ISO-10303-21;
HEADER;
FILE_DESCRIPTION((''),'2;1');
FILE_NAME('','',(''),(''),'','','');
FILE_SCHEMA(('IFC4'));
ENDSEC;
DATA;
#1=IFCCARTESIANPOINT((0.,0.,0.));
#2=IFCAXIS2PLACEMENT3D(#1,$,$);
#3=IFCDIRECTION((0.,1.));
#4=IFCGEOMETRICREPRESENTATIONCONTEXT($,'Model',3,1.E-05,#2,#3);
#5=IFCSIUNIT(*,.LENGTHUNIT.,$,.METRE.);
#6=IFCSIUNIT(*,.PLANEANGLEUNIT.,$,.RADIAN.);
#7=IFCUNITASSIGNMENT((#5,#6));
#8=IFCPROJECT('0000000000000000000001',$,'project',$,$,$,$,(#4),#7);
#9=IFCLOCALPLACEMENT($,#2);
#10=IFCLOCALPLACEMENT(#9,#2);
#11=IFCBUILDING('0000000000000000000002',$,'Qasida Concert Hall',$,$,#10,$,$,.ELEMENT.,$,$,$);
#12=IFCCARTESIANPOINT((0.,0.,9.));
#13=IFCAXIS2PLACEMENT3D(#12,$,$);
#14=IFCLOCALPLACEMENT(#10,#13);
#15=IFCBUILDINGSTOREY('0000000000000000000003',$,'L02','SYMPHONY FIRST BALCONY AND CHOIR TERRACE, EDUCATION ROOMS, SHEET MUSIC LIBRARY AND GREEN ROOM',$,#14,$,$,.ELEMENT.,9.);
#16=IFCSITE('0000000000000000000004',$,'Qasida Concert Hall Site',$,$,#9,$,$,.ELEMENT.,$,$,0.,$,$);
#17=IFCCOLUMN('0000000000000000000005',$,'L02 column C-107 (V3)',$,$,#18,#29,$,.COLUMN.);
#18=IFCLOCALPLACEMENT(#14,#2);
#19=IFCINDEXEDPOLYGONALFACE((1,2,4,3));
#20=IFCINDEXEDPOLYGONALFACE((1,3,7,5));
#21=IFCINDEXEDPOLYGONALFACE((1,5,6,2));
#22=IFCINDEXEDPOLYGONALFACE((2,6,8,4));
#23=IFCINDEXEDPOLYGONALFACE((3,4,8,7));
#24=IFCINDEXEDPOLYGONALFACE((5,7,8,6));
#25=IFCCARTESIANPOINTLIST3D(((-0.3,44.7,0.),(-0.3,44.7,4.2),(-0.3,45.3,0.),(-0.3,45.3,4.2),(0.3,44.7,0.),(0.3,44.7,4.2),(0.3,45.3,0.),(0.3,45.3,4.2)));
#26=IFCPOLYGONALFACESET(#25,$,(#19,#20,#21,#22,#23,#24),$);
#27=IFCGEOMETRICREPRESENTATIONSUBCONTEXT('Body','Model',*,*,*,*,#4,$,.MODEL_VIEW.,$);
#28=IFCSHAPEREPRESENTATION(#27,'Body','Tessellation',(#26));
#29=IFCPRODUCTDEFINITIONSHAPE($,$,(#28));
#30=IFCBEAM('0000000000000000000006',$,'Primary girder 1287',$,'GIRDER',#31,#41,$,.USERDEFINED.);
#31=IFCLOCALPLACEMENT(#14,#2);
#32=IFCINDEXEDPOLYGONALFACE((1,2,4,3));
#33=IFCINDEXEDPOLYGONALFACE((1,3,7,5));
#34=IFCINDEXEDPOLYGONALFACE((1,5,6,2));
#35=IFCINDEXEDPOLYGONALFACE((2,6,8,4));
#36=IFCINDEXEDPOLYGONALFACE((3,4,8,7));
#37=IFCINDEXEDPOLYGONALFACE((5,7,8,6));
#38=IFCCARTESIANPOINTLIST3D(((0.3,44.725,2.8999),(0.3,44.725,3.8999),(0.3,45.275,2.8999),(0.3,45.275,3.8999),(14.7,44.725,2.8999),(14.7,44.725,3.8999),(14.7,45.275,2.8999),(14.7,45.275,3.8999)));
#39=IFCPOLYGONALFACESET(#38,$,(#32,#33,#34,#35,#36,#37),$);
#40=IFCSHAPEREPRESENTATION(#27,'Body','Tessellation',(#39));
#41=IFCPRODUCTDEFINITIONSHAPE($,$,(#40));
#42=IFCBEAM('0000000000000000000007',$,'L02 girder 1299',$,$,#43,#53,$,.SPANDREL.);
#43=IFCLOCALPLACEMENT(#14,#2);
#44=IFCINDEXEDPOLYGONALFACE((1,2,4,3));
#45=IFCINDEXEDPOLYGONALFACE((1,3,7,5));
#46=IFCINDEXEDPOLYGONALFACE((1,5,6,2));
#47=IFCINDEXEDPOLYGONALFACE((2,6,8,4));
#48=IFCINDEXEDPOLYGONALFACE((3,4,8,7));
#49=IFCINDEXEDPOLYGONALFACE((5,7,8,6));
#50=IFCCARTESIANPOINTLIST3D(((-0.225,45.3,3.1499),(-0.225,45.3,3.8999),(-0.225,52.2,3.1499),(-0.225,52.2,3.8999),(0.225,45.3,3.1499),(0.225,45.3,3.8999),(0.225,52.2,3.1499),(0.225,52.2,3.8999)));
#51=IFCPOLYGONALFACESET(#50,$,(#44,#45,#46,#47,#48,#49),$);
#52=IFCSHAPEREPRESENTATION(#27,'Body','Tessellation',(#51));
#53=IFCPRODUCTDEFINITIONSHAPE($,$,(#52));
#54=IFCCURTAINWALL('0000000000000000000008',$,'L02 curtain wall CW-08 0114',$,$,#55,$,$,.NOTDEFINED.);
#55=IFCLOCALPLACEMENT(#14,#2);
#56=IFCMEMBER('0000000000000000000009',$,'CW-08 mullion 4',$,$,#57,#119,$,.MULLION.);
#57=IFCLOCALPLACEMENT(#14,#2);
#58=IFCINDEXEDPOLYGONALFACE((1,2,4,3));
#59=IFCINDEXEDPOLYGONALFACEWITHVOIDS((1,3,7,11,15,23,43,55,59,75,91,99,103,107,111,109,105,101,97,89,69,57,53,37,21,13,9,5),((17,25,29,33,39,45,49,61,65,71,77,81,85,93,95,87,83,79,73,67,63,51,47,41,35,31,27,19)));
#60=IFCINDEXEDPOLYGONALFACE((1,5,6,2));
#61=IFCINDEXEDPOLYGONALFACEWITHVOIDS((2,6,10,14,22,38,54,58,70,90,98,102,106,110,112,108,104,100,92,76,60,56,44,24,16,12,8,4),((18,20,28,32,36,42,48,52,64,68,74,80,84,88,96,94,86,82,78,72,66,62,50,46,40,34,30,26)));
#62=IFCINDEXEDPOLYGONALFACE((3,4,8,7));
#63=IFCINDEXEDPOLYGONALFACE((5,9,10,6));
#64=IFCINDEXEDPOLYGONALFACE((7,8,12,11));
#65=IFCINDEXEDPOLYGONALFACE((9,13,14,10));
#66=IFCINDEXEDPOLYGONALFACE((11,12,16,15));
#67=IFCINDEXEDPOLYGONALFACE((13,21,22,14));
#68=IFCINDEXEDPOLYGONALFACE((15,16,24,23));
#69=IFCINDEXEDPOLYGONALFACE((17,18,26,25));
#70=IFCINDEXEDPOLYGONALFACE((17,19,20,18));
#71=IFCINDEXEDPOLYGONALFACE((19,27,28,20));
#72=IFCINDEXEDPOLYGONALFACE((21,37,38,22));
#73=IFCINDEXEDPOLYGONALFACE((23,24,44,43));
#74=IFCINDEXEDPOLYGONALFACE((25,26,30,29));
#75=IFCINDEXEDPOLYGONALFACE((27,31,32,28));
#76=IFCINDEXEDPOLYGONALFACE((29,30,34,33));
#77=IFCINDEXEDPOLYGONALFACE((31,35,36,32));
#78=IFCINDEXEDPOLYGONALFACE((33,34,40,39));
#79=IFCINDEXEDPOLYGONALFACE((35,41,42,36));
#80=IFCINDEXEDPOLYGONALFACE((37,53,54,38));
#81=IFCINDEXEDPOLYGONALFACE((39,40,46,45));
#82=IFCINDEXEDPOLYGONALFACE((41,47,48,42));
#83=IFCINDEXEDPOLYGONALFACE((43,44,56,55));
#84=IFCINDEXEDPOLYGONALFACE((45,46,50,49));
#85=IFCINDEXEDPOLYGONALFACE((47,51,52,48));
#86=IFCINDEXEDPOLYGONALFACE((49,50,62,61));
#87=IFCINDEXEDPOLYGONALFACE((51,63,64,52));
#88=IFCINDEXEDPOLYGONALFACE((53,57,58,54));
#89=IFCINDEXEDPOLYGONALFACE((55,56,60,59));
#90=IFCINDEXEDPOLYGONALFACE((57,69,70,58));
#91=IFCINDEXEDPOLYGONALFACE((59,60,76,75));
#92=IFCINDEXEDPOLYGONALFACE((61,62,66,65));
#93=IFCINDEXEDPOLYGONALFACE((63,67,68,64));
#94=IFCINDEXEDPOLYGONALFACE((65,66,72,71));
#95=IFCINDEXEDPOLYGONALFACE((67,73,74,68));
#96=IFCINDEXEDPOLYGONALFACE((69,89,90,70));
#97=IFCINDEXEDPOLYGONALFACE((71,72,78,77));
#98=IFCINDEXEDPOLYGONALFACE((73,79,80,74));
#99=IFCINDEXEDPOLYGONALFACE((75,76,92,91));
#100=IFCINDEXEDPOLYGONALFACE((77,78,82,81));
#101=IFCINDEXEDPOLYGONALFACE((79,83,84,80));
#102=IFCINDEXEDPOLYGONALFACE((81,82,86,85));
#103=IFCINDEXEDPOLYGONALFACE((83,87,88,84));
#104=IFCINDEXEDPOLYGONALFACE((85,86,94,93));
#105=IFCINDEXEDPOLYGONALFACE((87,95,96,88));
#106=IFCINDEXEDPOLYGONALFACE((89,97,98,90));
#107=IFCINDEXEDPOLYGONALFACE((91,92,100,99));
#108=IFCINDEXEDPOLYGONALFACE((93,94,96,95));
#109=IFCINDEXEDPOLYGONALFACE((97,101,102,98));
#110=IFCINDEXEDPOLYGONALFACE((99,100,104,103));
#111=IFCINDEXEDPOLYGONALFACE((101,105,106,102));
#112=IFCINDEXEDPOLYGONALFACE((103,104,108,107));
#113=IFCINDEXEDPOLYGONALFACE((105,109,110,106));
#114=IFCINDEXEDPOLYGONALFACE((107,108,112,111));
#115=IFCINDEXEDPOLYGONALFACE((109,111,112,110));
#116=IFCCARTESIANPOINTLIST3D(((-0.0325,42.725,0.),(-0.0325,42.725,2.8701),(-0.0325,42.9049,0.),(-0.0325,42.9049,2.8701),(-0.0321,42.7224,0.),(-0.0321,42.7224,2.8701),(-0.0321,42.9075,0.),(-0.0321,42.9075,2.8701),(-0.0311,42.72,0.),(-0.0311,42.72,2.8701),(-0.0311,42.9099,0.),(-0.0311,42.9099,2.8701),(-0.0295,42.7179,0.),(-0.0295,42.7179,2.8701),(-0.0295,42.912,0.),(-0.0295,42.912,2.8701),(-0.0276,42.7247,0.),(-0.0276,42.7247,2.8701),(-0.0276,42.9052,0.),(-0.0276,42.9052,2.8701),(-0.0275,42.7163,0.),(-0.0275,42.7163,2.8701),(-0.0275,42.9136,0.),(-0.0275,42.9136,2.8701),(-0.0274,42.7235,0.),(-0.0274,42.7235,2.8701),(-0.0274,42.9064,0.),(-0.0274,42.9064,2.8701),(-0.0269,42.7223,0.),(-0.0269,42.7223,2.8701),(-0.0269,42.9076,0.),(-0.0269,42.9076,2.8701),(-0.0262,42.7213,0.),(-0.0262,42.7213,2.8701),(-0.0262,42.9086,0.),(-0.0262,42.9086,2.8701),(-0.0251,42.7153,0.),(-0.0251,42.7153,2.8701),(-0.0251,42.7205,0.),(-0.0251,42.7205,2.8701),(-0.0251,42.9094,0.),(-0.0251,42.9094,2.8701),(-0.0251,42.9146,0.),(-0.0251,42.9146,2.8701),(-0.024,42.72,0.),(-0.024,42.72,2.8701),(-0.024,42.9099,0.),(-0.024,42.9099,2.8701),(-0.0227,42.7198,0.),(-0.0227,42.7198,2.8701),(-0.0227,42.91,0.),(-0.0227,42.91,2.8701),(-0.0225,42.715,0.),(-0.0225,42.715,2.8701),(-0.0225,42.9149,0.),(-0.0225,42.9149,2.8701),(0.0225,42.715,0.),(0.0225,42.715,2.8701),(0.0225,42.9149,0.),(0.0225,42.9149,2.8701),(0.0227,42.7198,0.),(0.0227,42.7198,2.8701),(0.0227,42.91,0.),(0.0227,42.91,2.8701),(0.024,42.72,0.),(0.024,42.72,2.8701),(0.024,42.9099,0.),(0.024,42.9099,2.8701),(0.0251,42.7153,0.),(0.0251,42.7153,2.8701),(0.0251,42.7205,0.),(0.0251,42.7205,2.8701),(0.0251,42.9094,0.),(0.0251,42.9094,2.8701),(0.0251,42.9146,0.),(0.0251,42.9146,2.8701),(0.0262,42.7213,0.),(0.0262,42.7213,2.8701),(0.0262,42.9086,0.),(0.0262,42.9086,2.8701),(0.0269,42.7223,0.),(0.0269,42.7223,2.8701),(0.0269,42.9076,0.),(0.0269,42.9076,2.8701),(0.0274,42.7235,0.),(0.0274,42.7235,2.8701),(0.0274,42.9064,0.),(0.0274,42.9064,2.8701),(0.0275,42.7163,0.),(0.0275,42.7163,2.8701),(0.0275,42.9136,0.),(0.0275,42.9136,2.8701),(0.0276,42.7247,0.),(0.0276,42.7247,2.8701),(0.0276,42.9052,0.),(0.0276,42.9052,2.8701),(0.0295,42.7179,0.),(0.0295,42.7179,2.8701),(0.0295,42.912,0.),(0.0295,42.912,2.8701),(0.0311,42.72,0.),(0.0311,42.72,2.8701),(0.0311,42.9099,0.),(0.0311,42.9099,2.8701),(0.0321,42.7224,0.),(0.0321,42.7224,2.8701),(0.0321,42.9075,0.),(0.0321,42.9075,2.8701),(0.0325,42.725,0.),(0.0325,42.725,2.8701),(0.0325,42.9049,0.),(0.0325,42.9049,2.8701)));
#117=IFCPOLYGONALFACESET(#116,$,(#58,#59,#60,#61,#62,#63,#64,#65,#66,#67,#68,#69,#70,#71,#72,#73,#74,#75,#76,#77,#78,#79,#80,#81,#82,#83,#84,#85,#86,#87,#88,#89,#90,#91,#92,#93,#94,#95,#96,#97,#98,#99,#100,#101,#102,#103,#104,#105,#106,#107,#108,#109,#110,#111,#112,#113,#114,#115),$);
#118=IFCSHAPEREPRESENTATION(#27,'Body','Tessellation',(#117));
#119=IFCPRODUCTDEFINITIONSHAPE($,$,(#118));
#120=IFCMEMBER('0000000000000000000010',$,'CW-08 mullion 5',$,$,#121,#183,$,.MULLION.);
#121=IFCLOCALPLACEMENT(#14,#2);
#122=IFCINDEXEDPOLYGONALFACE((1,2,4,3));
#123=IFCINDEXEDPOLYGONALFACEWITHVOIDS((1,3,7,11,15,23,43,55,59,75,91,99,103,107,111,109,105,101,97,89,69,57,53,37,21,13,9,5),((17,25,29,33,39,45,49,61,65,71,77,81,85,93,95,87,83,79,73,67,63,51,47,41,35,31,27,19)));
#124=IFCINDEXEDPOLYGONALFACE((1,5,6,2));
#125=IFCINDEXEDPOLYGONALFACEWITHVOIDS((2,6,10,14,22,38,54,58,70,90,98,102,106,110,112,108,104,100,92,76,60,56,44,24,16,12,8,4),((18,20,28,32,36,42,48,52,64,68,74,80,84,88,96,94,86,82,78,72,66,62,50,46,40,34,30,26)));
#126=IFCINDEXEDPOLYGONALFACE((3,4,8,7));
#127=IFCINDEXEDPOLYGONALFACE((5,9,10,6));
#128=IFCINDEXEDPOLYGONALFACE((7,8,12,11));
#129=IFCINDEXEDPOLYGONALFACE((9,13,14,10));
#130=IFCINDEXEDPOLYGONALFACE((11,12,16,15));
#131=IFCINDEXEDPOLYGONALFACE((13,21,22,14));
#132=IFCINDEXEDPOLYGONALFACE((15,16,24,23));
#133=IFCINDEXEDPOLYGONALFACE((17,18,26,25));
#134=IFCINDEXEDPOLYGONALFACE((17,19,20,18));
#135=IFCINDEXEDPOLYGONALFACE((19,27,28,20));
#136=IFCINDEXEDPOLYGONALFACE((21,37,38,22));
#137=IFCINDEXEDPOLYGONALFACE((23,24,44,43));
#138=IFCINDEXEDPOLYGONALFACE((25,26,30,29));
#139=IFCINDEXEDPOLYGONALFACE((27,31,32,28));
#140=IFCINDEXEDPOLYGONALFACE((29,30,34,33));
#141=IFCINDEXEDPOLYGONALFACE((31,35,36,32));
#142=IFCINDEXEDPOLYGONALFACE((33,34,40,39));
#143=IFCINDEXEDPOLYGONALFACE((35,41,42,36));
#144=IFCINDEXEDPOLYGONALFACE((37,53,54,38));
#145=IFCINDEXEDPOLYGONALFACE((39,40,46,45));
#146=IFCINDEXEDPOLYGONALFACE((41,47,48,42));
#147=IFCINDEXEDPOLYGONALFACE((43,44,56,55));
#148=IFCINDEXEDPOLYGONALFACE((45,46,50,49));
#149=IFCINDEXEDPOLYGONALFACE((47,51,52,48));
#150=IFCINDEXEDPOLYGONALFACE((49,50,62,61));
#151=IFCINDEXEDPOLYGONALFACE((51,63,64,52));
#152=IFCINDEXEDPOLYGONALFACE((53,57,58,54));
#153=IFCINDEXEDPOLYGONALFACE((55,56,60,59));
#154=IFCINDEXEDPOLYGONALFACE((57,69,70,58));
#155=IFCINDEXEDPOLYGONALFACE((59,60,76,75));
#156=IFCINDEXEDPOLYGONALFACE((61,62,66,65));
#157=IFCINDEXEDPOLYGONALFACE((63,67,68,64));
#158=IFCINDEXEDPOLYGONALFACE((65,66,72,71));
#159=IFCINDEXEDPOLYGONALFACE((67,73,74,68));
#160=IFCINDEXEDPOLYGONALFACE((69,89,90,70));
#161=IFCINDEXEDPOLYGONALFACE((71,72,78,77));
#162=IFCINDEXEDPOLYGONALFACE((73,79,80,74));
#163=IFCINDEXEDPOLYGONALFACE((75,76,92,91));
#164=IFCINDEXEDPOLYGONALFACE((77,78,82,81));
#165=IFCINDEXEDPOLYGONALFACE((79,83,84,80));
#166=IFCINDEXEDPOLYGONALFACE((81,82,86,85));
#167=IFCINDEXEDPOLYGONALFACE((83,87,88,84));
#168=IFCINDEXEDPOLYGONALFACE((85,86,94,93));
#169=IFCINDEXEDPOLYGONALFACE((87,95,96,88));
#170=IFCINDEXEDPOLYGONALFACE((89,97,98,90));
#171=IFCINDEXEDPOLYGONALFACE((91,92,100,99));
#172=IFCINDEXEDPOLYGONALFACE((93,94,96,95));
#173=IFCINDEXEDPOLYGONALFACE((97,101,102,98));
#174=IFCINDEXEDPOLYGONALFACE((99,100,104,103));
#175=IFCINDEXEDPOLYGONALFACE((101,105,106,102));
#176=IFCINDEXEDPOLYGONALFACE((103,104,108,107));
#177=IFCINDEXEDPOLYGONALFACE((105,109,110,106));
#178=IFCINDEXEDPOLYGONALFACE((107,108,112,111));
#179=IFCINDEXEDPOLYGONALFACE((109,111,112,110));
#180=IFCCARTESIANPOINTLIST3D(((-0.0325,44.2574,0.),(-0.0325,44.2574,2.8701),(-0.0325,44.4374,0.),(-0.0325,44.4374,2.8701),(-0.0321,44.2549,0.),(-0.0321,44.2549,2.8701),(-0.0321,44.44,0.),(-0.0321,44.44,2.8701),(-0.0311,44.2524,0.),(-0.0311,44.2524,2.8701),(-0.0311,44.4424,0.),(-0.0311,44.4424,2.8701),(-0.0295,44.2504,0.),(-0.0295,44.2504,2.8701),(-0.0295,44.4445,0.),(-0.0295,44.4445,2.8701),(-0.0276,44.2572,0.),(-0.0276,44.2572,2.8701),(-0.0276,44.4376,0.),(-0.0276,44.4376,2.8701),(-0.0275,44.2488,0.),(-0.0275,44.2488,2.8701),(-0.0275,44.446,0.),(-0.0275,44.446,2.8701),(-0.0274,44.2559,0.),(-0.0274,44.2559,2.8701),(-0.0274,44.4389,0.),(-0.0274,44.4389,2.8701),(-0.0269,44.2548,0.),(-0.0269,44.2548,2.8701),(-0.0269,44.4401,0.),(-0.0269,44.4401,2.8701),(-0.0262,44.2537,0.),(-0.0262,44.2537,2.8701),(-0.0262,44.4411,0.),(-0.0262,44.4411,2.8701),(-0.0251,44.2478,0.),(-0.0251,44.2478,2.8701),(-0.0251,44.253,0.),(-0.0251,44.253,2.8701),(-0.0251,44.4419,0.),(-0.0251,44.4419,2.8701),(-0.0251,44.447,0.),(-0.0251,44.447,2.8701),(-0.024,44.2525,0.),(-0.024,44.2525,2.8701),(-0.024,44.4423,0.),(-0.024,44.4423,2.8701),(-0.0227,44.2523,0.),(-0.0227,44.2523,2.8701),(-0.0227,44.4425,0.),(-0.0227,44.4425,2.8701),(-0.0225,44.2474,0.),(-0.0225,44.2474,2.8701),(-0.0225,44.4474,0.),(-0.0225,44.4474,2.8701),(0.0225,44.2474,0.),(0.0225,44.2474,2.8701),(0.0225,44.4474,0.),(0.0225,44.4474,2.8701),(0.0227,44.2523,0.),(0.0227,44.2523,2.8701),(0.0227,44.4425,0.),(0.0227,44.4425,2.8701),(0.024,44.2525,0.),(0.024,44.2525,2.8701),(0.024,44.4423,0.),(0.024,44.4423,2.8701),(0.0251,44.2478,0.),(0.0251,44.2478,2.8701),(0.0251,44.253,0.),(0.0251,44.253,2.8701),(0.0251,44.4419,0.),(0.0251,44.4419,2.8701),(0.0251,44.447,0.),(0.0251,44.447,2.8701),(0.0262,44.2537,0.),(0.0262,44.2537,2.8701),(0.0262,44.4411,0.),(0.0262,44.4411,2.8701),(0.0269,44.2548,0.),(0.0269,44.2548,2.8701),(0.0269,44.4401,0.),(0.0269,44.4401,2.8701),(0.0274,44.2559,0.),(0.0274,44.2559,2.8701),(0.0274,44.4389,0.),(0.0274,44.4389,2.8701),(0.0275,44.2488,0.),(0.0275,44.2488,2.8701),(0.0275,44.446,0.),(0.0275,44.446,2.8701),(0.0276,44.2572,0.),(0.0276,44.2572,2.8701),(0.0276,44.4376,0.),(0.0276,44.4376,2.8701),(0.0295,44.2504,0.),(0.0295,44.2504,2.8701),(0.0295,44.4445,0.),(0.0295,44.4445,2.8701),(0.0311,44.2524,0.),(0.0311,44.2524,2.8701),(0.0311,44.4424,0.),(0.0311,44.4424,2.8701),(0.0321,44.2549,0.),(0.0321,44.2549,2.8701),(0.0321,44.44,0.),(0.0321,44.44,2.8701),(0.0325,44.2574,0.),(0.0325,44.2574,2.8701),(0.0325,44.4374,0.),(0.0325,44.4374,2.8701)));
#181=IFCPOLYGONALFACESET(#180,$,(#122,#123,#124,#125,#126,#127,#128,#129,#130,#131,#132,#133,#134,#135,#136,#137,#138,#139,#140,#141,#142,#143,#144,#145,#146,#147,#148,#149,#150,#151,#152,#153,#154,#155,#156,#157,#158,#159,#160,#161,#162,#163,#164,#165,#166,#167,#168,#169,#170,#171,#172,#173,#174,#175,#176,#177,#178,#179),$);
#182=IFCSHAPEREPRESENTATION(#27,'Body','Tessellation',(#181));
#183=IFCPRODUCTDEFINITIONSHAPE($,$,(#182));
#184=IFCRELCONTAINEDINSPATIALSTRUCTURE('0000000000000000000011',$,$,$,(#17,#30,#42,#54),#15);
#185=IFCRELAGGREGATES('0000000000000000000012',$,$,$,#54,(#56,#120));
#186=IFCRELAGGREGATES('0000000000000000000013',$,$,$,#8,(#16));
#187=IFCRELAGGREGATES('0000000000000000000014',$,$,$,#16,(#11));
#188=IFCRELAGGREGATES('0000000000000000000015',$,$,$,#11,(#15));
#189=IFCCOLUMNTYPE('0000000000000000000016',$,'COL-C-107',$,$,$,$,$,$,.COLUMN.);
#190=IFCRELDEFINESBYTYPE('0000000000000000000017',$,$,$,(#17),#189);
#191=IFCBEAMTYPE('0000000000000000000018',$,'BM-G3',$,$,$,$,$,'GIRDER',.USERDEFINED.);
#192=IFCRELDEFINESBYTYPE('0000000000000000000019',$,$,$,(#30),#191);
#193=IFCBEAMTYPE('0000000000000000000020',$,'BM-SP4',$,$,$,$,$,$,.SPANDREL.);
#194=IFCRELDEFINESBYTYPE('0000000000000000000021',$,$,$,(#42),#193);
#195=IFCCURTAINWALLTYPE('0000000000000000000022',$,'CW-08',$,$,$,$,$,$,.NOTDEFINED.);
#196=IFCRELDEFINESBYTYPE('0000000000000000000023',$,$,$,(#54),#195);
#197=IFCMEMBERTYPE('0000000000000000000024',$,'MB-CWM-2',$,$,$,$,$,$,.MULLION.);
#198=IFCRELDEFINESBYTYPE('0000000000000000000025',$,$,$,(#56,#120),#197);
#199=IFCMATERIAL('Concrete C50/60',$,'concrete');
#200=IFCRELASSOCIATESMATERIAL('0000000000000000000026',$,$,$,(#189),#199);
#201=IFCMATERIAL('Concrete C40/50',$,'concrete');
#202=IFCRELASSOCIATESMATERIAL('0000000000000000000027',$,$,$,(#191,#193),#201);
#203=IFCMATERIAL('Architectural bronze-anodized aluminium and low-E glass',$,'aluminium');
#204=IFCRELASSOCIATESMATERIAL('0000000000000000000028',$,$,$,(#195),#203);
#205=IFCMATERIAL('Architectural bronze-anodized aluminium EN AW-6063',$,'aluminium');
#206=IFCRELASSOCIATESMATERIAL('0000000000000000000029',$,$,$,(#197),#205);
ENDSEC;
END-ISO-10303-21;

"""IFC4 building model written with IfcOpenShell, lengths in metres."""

from ifc_helpers import new_model, si_unit, direction, frame, origin, origin_2d, place, context, subcontext, project, spatial, rectangle, hollow_rectangle, extrude, material, material_profile, profile_set, type_object, element, aggregate, save


model = new_model("IFC4")

# Units and contexts
model_context = context("Model", 3, precision=1e-05, world=origin(), true_north=direction((0.0, 1.0)))
body_context = subcontext(model_context, "Body", "Model", "MODEL_VIEW")
ifc_project = project(units=[si_unit("LENGTHUNIT", "METRE"), si_unit("PLANEANGLEUNIT", "RADIAN")], contexts=[model_context])

# Site, building, storey
site_placement = place(None, origin())
site = spatial("IfcSite", under=ifc_project, at=site_placement, Name="Qasida Concert Hall Site", CompositionType="ELEMENT", RefElevation=0.0)
building_placement = place(site_placement, origin())
building = spatial("IfcBuilding", under=site, at=building_placement, Name="Qasida Concert Hall", CompositionType="ELEMENT")
storey_placement = place(building_placement, frame((0.0, 0.0, 9.0)))
storey = spatial("IfcBuildingStorey", under=building, at=storey_placement, Name="L02", Description="SYMPHONY FIRST BALCONY AND CHOIR TERRACE, EDUCATION ROOMS, SHEET MUSIC LIBRARY AND GREEN ROOM", CompositionType="ELEMENT", Elevation=9.0)

# Column
ifc_material_1 = material(Name="Concrete C50/60", Category="concrete")
ifc_material_profile_1 = material_profile(ifc_material_1, rectangle(XDim=0.6001, YDim=0.6001, at=origin_2d()), Name="RC 600x600")
ifc_profile_set_1 = profile_set([ifc_material_profile_1], Name="Concrete C50/60")
column_type = type_object("IfcColumnType", Name="COL-C-107", PredefinedType="COLUMN", material=ifc_profile_set_1)
column_placement = place(storey_placement, frame((0.0, 45.0, 0.0), z_axis=(0.0, 0.0, 1.0), x_axis=(1.0, 0.0, 0.0)))
element("IfcColumn", 1, at=column_placement, inside=storey, type_object=column_type, Name="L02 column C-107 (V3)", PredefinedType="COLUMN", context=body_context, shape_type="SweptSolid", body=[
    extrude(rectangle(XDim=0.6001, YDim=0.6001, at=origin_2d()), origin(), (0.0, 0.0, 1.0), 4.2),
])

# Beams
ifc_material_2 = material(Name="Concrete C40/50", Category="concrete")
ifc_material_profile_2 = material_profile(ifc_material_2, rectangle(XDim=0.55, YDim=1.0, at=origin_2d()), Name="RC 550x1000")
ifc_profile_set_2 = profile_set([ifc_material_profile_2], Name="Concrete C40/50")
beam_type_1 = type_object("IfcBeamType", Name="BM-G3", ElementType="GIRDER", PredefinedType="USERDEFINED", material=ifc_profile_set_2)
beam_1_placement = place(storey_placement, frame((0.3, 45.0, 3.3999), z_axis=(1.0, 0.0, 0.0), x_axis=(0.0, 1.0, 0.0)))
element("IfcBeam", 2, at=beam_1_placement, inside=storey, type_object=beam_type_1, Name="Primary girder 1287", ObjectType="GIRDER", PredefinedType="USERDEFINED", context=body_context, shape_type="SweptSolid", body=[
    extrude(rectangle(XDim=0.55, YDim=1.0, at=origin_2d()), origin(), (0.0, 0.0, 1.0), 14.3999),
])
ifc_material_profile_3 = material_profile(ifc_material_2, rectangle(XDim=0.45, YDim=0.75, at=origin_2d()), Name="RC 450x750")
ifc_profile_set_3 = profile_set([ifc_material_profile_3], Name="Concrete C40/50")
beam_type_2 = type_object("IfcBeamType", Name="BM-SP4", PredefinedType="SPANDREL", material=ifc_profile_set_3)
beam_2_placement = place(storey_placement, frame((0.0, 45.3, 3.5249), z_axis=(0.0, 1.0, 0.0), x_axis=(-1.0, 0.0, 0.0)))
element("IfcBeam", 3, at=beam_2_placement, inside=storey, type_object=beam_type_2, Name="L02 girder 1299", PredefinedType="SPANDREL", context=body_context, shape_type="SweptSolid", body=[
    extrude(rectangle(XDim=0.45, YDim=0.75, at=origin_2d()), origin(), (0.0, 0.0, 1.0), 6.8999),
])

# Curtain wall, members
ifc_material_3 = material(Name="Architectural bronze-anodized aluminium and low-E glass", Category="aluminium")
curtain_wall_type = type_object("IfcCurtainWallType", Name="CW-08", PredefinedType="NOTDEFINED", material=ifc_material_3)
curtain_wall_placement = place(storey_placement, origin())
curtain_wall = element("IfcCurtainWall", 4, at=curtain_wall_placement, inside=storey, type_object=curtain_wall_type, Name="L02 curtain wall CW-08 0114", PredefinedType="NOTDEFINED")
ifc_material_4 = material(Name="Architectural bronze-anodized aluminium EN AW-6063", Category="aluminium")
ifc_material_profile_4 = material_profile(ifc_material_4, hollow_rectangle(XDim=0.0649, YDim=0.2, WallThickness=0.0049, InnerFilletRadius=0.0049, OuterFilletRadius=0.01, at=origin_2d()), Name="CWM 200x65x5")
ifc_profile_set_4 = profile_set([ifc_material_profile_4], Name="Architectural bronze-anodized aluminium EN AW-6063")
member_type_1 = type_object("IfcMemberType", Name="MB-CWM-2", PredefinedType="MULLION", material=ifc_profile_set_4)
member_1_placement = place(storey_placement, frame((0.0, 42.8149, 0.0), z_axis=(0.0, 0.0, 1.0), x_axis=(-1.0, 0.0, 0.0)))
member_1 = element("IfcMember", 5, at=member_1_placement, type_object=member_type_1, Name="CW-08 mullion 4", PredefinedType="MULLION", context=body_context, shape_type="SweptSolid", body=[
    extrude(hollow_rectangle(XDim=0.0649, YDim=0.2, WallThickness=0.0049, InnerFilletRadius=0.0049, OuterFilletRadius=0.01, at=origin_2d()), origin(), (0.0, 0.0, 1.0), 2.8701),
])
member_2_placement = place(storey_placement, frame((0.0, 44.3474, 0.0), z_axis=(0.0, 0.0, 1.0), x_axis=(-1.0, 0.0, 0.0)))
member_2 = element("IfcMember", 6, at=member_2_placement, type_object=member_type_1, Name="CW-08 mullion 5", PredefinedType="MULLION", context=body_context, shape_type="SweptSolid", body=[
    extrude(hollow_rectangle(XDim=0.0649, YDim=0.2, WallThickness=0.0049, InnerFilletRadius=0.0049, OuterFilletRadius=0.01, at=origin_2d()), origin(), (0.0, 0.0, 1.0), 2.8701),
])
aggregate(curtain_wall, [member_1, member_2])

save(model, "model.ifc")
